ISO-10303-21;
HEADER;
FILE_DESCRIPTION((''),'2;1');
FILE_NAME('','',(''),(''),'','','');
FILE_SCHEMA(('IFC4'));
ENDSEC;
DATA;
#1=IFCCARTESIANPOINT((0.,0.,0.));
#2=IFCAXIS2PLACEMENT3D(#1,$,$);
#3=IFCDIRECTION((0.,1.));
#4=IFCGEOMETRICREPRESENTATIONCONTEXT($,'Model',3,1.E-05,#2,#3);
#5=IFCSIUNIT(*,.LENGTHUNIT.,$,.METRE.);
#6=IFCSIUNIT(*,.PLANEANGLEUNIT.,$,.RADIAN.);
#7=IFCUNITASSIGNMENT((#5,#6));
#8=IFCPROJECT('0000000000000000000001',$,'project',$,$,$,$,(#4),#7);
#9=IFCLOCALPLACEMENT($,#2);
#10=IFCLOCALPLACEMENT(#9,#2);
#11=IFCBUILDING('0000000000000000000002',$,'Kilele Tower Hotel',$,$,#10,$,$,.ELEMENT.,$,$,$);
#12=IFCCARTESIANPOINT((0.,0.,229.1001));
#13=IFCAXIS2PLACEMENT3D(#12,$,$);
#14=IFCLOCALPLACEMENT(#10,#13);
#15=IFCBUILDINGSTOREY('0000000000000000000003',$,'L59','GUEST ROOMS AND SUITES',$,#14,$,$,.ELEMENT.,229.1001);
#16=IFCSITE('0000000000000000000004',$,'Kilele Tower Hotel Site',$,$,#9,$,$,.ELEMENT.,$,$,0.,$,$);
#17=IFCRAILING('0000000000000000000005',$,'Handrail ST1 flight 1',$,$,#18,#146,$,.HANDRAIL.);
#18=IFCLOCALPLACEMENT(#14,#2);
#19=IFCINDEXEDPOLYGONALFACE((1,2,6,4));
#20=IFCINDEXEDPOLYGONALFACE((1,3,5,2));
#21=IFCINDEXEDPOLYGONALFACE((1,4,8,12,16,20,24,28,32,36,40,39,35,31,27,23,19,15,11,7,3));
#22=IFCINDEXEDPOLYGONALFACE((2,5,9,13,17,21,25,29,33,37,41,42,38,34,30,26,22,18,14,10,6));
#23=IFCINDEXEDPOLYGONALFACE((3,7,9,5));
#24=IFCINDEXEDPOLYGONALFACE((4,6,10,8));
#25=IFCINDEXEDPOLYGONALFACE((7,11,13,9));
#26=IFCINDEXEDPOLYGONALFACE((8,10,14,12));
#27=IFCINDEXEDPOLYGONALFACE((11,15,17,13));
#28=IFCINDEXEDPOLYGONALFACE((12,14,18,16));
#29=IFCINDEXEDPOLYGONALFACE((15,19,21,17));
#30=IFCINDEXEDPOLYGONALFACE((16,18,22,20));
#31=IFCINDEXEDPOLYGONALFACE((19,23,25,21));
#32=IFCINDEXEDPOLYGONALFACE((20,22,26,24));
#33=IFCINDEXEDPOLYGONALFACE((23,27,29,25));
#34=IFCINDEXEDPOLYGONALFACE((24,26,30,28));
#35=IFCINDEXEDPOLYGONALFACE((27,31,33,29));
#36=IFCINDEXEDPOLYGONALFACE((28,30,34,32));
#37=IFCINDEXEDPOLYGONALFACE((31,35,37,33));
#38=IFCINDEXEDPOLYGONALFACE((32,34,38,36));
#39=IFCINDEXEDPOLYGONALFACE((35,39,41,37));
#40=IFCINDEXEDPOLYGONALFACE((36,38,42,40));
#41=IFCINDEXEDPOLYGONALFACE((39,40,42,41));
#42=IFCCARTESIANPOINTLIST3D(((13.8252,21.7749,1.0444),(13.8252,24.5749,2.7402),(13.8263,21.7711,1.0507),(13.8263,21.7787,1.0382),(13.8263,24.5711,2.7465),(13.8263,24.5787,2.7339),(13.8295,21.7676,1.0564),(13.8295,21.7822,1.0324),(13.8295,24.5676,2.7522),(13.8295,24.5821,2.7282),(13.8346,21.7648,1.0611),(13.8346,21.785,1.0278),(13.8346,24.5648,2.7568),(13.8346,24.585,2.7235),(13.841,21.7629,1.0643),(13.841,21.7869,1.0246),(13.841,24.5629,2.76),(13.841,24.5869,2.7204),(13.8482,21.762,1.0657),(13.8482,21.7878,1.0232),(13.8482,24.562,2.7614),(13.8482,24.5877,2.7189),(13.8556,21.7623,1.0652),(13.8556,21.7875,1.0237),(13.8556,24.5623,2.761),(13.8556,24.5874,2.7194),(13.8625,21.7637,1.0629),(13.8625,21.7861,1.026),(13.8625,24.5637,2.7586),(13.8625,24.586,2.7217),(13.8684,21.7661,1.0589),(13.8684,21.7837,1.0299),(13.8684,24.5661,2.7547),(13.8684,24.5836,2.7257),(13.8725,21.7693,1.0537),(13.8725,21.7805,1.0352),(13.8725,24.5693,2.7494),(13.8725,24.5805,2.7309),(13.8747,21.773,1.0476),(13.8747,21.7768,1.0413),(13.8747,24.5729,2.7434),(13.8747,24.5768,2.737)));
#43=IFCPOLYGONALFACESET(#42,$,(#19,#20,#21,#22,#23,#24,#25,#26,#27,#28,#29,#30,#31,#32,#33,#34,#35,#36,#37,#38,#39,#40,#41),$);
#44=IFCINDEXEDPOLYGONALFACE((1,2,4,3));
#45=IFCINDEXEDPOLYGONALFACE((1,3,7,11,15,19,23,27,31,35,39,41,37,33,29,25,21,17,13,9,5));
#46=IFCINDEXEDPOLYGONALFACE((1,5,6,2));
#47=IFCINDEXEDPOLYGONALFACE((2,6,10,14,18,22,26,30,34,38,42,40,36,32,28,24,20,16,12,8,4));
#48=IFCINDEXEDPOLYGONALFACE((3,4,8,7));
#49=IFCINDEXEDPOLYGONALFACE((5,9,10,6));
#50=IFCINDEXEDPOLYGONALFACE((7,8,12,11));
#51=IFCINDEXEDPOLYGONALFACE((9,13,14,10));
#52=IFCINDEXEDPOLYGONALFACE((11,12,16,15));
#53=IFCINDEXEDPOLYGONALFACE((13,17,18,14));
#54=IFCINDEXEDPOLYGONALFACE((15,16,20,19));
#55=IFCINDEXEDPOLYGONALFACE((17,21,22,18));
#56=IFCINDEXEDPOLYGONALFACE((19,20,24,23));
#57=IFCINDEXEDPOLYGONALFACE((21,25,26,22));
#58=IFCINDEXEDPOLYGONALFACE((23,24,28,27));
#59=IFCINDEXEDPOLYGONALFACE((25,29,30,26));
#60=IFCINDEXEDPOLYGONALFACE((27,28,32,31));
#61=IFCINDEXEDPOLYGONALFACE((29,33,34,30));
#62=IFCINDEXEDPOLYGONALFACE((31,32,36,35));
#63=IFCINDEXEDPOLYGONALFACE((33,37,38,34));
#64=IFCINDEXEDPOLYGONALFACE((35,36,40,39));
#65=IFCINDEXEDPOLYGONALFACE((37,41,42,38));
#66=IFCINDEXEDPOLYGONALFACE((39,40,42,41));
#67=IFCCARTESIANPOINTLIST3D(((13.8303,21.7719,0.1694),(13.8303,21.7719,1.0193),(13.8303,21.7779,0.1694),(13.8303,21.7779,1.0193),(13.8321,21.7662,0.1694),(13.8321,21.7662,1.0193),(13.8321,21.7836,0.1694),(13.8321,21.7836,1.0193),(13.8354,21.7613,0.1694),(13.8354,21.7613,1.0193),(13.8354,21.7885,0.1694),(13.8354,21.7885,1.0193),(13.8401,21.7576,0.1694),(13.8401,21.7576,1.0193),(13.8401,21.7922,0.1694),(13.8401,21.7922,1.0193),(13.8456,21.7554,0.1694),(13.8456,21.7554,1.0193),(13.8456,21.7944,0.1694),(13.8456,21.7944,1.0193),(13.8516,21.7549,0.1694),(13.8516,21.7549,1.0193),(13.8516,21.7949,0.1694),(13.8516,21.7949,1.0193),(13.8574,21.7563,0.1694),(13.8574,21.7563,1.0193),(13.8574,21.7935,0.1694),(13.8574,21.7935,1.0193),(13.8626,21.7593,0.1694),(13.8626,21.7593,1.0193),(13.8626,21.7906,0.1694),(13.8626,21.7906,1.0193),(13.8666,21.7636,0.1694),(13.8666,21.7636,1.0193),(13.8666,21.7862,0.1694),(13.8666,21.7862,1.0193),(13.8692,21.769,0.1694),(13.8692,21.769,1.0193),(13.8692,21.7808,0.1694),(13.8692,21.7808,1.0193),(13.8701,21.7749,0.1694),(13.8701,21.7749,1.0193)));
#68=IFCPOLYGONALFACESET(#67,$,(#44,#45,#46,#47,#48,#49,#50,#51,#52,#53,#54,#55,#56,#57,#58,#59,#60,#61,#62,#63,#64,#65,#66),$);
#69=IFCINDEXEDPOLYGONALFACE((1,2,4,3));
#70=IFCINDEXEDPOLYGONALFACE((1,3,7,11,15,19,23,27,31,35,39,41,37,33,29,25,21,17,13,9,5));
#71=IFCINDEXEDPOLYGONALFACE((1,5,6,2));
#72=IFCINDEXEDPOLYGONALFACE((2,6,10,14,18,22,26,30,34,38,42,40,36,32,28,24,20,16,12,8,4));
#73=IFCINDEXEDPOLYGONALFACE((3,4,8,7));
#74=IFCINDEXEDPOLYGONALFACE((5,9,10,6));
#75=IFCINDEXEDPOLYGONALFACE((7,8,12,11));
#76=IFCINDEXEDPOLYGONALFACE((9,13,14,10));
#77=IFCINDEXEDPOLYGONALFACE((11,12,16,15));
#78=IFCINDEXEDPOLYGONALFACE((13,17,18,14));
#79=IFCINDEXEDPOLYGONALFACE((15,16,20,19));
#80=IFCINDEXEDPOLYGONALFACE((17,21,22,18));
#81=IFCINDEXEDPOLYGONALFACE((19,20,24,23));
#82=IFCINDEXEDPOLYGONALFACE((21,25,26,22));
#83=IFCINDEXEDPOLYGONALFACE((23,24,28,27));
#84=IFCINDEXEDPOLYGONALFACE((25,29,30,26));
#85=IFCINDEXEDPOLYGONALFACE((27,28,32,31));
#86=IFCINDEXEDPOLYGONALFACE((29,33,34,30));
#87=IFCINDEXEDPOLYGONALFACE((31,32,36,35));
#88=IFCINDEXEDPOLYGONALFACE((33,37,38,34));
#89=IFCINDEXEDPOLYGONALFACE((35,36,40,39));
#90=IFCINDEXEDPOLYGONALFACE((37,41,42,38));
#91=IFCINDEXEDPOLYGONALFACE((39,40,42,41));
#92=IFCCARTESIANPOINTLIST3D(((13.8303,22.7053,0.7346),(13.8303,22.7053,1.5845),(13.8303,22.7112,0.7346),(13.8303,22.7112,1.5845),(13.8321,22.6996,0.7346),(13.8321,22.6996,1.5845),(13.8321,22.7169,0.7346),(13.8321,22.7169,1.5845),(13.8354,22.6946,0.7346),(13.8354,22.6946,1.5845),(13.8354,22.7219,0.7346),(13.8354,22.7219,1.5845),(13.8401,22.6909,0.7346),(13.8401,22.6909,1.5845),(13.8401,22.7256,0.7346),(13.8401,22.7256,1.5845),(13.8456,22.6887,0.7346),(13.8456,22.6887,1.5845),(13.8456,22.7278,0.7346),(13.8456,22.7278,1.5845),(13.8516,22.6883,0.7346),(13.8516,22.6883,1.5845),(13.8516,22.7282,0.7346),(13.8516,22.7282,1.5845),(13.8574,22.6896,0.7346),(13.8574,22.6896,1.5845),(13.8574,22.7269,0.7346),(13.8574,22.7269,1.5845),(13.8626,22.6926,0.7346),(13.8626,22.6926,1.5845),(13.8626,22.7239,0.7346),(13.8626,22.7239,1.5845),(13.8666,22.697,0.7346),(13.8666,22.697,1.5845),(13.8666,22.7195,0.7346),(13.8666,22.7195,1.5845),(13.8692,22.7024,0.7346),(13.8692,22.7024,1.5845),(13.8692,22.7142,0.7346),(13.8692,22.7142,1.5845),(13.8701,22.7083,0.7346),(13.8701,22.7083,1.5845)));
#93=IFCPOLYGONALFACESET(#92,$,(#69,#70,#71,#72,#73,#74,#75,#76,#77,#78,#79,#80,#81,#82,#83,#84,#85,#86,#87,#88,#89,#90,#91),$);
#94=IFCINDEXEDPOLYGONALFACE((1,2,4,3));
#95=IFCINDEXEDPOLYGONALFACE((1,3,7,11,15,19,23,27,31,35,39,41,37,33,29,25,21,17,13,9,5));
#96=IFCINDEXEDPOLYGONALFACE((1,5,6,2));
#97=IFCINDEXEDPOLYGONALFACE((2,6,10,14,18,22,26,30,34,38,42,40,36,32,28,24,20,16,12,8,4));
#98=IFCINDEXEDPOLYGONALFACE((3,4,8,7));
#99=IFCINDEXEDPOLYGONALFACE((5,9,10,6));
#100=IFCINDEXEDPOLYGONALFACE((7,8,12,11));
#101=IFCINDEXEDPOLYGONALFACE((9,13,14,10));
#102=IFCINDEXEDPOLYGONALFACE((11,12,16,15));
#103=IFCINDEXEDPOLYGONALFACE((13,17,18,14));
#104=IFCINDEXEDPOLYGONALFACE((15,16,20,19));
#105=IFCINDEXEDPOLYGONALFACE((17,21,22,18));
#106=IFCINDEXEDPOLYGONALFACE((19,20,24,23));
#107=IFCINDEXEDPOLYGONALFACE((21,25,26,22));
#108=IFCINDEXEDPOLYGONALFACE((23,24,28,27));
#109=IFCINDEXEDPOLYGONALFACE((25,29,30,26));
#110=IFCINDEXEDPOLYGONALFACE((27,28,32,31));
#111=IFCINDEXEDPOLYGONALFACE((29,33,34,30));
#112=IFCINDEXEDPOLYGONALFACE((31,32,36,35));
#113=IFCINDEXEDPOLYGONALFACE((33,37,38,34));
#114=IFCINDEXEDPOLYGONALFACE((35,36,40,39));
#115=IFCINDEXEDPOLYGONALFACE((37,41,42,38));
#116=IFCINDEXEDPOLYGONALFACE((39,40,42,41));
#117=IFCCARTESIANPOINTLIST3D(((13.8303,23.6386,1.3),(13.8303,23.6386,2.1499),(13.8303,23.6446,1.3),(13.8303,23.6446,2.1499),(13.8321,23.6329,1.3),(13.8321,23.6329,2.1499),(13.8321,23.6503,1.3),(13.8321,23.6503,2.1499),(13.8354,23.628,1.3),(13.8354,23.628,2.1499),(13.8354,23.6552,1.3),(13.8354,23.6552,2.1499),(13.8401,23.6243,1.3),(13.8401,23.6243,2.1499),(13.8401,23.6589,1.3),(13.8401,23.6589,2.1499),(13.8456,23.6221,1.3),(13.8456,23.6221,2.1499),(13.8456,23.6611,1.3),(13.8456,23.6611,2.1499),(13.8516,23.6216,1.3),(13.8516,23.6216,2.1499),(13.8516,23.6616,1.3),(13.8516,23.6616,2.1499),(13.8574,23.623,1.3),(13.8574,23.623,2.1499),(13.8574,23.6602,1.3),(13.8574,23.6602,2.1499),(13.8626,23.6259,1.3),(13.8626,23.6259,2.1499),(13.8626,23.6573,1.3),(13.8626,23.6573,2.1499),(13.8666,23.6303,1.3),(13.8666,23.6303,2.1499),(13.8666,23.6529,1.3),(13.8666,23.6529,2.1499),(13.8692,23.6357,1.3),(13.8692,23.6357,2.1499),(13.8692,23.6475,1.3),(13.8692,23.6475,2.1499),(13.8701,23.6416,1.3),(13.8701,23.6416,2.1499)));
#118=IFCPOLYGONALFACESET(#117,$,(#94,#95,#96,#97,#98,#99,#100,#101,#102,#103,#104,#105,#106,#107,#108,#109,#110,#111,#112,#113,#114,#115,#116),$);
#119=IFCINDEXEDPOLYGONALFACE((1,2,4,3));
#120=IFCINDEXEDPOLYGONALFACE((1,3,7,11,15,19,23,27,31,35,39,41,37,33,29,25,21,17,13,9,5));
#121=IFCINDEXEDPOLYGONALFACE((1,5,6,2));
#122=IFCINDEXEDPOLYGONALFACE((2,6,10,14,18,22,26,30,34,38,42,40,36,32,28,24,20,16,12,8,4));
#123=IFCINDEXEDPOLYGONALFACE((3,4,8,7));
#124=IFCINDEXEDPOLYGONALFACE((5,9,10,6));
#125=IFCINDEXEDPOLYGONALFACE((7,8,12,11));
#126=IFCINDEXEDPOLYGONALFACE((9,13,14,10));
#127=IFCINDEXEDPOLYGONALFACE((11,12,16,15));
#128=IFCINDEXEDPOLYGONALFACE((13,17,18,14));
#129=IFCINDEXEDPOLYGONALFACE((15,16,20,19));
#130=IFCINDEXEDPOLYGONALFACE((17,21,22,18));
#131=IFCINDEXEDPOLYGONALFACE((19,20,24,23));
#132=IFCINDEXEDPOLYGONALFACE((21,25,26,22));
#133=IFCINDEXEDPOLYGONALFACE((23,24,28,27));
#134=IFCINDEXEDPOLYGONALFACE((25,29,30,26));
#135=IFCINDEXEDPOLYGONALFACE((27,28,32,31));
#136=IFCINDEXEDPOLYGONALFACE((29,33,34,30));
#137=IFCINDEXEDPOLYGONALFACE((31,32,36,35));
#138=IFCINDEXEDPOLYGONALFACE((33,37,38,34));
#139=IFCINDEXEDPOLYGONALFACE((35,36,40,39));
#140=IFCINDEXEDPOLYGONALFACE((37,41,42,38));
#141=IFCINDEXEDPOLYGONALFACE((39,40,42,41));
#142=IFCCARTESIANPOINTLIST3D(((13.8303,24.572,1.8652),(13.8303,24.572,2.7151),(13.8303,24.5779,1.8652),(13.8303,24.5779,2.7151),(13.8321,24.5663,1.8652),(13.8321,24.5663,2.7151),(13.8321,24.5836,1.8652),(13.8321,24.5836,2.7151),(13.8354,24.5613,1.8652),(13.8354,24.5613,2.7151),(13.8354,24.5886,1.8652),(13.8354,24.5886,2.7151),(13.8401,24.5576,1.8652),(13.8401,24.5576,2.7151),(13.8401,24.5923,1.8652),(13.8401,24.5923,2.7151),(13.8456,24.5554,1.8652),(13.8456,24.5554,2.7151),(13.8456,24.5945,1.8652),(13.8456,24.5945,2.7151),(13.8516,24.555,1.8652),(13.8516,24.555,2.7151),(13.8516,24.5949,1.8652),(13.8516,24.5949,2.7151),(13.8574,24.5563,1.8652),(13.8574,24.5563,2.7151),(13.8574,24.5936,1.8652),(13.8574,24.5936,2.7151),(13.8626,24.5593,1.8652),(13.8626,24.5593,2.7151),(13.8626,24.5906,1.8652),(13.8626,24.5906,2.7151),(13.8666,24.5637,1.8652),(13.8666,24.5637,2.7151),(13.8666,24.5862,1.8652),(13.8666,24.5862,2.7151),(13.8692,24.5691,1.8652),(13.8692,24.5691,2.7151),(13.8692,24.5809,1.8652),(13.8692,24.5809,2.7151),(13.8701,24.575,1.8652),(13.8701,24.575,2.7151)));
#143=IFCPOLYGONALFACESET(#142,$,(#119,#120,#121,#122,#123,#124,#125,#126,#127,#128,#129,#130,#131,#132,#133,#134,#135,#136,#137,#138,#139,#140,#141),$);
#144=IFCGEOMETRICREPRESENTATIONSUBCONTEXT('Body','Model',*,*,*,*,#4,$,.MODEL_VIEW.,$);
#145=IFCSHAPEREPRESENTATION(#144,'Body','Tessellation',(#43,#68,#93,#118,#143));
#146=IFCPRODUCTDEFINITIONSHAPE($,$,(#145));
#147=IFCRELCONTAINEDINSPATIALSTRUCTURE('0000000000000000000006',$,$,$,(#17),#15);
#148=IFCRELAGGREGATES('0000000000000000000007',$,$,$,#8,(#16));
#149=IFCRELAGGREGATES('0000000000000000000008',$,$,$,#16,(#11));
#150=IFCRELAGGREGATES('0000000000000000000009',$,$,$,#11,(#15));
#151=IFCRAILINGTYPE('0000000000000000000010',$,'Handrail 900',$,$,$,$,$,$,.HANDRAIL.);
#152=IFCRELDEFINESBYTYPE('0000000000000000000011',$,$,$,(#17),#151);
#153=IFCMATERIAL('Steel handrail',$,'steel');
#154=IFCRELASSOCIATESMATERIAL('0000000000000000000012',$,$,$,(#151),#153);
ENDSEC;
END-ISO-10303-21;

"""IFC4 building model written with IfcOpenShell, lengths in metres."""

from ifc_helpers import new_model, si_unit, direction, frame, origin, origin_2d, place, context, subcontext, project, spatial, circle, extrude, material, type_object, element, save


model = new_model("IFC4")

# Units and contexts
model_context = context("Model", 3, precision=1e-05, world=origin(), true_north=direction((0.0, 1.0)))
body_context = subcontext(model_context, "Body", "Model", "MODEL_VIEW")
ifc_project = project(units=[si_unit("LENGTHUNIT", "METRE"), si_unit("PLANEANGLEUNIT", "RADIAN")], contexts=[model_context])

# Site, building, storey
site_placement = place(None, origin())
site = spatial("IfcSite", under=ifc_project, at=site_placement, Name="Kilele Tower Hotel Site", CompositionType="ELEMENT", RefElevation=0.0)
building_placement = place(site_placement, origin())
building = spatial("IfcBuilding", under=site, at=building_placement, Name="Kilele Tower Hotel", CompositionType="ELEMENT")
storey_placement = place(building_placement, frame((0.0, 0.0, 229.1001)))
storey = spatial("IfcBuildingStorey", under=building, at=storey_placement, Name="L59", Description="GUEST ROOMS AND SUITES", CompositionType="ELEMENT", Elevation=229.1001)

# Railing
ifc_material_1 = material(Name="Steel handrail", Category="steel")
railing_type_1 = type_object("IfcRailingType", Name="Handrail 900", PredefinedType="HANDRAIL", material=ifc_material_1)
for number, where, name in (
    (1, (13.8501, 21.7749, 0.1694), "Handrail ST1 flight 1"),
):
    element("IfcRailing", number, at=place(storey_placement, frame(where)), inside=storey, type_object=railing_type_1, Name=name, PredefinedType="HANDRAIL", context=body_context, shape_type="SweptSolid", body=[
        extrude(circle(Radius=0.0249, at=origin_2d()), frame((0.0, 0.0, 0.875), z_axis=(0.0, 0.85536, 0.518034), x_axis=(-1.0, 0.0, 0.0)), (0.0, 0.0, 1.0), 3.2734),
        extrude(circle(Radius=0.02, at=origin_2d()), origin(), (0.0, 0.0, 1.0), 0.8499),
        extrude(circle(Radius=0.02, at=origin_2d()), frame((0.0, 0.9333, 0.5652)), (0.0, 0.0, 1.0), 0.8499),
        extrude(circle(Radius=0.02, at=origin_2d()), frame((0.0, 1.8667, 1.1306)), (0.0, 0.0, 1.0), 0.8499),
        extrude(circle(Radius=0.02, at=origin_2d()), frame((0.0, 2.8, 1.6958)), (0.0, 0.0, 1.0), 0.8499),
    ])

save(model, "model.ifc")
